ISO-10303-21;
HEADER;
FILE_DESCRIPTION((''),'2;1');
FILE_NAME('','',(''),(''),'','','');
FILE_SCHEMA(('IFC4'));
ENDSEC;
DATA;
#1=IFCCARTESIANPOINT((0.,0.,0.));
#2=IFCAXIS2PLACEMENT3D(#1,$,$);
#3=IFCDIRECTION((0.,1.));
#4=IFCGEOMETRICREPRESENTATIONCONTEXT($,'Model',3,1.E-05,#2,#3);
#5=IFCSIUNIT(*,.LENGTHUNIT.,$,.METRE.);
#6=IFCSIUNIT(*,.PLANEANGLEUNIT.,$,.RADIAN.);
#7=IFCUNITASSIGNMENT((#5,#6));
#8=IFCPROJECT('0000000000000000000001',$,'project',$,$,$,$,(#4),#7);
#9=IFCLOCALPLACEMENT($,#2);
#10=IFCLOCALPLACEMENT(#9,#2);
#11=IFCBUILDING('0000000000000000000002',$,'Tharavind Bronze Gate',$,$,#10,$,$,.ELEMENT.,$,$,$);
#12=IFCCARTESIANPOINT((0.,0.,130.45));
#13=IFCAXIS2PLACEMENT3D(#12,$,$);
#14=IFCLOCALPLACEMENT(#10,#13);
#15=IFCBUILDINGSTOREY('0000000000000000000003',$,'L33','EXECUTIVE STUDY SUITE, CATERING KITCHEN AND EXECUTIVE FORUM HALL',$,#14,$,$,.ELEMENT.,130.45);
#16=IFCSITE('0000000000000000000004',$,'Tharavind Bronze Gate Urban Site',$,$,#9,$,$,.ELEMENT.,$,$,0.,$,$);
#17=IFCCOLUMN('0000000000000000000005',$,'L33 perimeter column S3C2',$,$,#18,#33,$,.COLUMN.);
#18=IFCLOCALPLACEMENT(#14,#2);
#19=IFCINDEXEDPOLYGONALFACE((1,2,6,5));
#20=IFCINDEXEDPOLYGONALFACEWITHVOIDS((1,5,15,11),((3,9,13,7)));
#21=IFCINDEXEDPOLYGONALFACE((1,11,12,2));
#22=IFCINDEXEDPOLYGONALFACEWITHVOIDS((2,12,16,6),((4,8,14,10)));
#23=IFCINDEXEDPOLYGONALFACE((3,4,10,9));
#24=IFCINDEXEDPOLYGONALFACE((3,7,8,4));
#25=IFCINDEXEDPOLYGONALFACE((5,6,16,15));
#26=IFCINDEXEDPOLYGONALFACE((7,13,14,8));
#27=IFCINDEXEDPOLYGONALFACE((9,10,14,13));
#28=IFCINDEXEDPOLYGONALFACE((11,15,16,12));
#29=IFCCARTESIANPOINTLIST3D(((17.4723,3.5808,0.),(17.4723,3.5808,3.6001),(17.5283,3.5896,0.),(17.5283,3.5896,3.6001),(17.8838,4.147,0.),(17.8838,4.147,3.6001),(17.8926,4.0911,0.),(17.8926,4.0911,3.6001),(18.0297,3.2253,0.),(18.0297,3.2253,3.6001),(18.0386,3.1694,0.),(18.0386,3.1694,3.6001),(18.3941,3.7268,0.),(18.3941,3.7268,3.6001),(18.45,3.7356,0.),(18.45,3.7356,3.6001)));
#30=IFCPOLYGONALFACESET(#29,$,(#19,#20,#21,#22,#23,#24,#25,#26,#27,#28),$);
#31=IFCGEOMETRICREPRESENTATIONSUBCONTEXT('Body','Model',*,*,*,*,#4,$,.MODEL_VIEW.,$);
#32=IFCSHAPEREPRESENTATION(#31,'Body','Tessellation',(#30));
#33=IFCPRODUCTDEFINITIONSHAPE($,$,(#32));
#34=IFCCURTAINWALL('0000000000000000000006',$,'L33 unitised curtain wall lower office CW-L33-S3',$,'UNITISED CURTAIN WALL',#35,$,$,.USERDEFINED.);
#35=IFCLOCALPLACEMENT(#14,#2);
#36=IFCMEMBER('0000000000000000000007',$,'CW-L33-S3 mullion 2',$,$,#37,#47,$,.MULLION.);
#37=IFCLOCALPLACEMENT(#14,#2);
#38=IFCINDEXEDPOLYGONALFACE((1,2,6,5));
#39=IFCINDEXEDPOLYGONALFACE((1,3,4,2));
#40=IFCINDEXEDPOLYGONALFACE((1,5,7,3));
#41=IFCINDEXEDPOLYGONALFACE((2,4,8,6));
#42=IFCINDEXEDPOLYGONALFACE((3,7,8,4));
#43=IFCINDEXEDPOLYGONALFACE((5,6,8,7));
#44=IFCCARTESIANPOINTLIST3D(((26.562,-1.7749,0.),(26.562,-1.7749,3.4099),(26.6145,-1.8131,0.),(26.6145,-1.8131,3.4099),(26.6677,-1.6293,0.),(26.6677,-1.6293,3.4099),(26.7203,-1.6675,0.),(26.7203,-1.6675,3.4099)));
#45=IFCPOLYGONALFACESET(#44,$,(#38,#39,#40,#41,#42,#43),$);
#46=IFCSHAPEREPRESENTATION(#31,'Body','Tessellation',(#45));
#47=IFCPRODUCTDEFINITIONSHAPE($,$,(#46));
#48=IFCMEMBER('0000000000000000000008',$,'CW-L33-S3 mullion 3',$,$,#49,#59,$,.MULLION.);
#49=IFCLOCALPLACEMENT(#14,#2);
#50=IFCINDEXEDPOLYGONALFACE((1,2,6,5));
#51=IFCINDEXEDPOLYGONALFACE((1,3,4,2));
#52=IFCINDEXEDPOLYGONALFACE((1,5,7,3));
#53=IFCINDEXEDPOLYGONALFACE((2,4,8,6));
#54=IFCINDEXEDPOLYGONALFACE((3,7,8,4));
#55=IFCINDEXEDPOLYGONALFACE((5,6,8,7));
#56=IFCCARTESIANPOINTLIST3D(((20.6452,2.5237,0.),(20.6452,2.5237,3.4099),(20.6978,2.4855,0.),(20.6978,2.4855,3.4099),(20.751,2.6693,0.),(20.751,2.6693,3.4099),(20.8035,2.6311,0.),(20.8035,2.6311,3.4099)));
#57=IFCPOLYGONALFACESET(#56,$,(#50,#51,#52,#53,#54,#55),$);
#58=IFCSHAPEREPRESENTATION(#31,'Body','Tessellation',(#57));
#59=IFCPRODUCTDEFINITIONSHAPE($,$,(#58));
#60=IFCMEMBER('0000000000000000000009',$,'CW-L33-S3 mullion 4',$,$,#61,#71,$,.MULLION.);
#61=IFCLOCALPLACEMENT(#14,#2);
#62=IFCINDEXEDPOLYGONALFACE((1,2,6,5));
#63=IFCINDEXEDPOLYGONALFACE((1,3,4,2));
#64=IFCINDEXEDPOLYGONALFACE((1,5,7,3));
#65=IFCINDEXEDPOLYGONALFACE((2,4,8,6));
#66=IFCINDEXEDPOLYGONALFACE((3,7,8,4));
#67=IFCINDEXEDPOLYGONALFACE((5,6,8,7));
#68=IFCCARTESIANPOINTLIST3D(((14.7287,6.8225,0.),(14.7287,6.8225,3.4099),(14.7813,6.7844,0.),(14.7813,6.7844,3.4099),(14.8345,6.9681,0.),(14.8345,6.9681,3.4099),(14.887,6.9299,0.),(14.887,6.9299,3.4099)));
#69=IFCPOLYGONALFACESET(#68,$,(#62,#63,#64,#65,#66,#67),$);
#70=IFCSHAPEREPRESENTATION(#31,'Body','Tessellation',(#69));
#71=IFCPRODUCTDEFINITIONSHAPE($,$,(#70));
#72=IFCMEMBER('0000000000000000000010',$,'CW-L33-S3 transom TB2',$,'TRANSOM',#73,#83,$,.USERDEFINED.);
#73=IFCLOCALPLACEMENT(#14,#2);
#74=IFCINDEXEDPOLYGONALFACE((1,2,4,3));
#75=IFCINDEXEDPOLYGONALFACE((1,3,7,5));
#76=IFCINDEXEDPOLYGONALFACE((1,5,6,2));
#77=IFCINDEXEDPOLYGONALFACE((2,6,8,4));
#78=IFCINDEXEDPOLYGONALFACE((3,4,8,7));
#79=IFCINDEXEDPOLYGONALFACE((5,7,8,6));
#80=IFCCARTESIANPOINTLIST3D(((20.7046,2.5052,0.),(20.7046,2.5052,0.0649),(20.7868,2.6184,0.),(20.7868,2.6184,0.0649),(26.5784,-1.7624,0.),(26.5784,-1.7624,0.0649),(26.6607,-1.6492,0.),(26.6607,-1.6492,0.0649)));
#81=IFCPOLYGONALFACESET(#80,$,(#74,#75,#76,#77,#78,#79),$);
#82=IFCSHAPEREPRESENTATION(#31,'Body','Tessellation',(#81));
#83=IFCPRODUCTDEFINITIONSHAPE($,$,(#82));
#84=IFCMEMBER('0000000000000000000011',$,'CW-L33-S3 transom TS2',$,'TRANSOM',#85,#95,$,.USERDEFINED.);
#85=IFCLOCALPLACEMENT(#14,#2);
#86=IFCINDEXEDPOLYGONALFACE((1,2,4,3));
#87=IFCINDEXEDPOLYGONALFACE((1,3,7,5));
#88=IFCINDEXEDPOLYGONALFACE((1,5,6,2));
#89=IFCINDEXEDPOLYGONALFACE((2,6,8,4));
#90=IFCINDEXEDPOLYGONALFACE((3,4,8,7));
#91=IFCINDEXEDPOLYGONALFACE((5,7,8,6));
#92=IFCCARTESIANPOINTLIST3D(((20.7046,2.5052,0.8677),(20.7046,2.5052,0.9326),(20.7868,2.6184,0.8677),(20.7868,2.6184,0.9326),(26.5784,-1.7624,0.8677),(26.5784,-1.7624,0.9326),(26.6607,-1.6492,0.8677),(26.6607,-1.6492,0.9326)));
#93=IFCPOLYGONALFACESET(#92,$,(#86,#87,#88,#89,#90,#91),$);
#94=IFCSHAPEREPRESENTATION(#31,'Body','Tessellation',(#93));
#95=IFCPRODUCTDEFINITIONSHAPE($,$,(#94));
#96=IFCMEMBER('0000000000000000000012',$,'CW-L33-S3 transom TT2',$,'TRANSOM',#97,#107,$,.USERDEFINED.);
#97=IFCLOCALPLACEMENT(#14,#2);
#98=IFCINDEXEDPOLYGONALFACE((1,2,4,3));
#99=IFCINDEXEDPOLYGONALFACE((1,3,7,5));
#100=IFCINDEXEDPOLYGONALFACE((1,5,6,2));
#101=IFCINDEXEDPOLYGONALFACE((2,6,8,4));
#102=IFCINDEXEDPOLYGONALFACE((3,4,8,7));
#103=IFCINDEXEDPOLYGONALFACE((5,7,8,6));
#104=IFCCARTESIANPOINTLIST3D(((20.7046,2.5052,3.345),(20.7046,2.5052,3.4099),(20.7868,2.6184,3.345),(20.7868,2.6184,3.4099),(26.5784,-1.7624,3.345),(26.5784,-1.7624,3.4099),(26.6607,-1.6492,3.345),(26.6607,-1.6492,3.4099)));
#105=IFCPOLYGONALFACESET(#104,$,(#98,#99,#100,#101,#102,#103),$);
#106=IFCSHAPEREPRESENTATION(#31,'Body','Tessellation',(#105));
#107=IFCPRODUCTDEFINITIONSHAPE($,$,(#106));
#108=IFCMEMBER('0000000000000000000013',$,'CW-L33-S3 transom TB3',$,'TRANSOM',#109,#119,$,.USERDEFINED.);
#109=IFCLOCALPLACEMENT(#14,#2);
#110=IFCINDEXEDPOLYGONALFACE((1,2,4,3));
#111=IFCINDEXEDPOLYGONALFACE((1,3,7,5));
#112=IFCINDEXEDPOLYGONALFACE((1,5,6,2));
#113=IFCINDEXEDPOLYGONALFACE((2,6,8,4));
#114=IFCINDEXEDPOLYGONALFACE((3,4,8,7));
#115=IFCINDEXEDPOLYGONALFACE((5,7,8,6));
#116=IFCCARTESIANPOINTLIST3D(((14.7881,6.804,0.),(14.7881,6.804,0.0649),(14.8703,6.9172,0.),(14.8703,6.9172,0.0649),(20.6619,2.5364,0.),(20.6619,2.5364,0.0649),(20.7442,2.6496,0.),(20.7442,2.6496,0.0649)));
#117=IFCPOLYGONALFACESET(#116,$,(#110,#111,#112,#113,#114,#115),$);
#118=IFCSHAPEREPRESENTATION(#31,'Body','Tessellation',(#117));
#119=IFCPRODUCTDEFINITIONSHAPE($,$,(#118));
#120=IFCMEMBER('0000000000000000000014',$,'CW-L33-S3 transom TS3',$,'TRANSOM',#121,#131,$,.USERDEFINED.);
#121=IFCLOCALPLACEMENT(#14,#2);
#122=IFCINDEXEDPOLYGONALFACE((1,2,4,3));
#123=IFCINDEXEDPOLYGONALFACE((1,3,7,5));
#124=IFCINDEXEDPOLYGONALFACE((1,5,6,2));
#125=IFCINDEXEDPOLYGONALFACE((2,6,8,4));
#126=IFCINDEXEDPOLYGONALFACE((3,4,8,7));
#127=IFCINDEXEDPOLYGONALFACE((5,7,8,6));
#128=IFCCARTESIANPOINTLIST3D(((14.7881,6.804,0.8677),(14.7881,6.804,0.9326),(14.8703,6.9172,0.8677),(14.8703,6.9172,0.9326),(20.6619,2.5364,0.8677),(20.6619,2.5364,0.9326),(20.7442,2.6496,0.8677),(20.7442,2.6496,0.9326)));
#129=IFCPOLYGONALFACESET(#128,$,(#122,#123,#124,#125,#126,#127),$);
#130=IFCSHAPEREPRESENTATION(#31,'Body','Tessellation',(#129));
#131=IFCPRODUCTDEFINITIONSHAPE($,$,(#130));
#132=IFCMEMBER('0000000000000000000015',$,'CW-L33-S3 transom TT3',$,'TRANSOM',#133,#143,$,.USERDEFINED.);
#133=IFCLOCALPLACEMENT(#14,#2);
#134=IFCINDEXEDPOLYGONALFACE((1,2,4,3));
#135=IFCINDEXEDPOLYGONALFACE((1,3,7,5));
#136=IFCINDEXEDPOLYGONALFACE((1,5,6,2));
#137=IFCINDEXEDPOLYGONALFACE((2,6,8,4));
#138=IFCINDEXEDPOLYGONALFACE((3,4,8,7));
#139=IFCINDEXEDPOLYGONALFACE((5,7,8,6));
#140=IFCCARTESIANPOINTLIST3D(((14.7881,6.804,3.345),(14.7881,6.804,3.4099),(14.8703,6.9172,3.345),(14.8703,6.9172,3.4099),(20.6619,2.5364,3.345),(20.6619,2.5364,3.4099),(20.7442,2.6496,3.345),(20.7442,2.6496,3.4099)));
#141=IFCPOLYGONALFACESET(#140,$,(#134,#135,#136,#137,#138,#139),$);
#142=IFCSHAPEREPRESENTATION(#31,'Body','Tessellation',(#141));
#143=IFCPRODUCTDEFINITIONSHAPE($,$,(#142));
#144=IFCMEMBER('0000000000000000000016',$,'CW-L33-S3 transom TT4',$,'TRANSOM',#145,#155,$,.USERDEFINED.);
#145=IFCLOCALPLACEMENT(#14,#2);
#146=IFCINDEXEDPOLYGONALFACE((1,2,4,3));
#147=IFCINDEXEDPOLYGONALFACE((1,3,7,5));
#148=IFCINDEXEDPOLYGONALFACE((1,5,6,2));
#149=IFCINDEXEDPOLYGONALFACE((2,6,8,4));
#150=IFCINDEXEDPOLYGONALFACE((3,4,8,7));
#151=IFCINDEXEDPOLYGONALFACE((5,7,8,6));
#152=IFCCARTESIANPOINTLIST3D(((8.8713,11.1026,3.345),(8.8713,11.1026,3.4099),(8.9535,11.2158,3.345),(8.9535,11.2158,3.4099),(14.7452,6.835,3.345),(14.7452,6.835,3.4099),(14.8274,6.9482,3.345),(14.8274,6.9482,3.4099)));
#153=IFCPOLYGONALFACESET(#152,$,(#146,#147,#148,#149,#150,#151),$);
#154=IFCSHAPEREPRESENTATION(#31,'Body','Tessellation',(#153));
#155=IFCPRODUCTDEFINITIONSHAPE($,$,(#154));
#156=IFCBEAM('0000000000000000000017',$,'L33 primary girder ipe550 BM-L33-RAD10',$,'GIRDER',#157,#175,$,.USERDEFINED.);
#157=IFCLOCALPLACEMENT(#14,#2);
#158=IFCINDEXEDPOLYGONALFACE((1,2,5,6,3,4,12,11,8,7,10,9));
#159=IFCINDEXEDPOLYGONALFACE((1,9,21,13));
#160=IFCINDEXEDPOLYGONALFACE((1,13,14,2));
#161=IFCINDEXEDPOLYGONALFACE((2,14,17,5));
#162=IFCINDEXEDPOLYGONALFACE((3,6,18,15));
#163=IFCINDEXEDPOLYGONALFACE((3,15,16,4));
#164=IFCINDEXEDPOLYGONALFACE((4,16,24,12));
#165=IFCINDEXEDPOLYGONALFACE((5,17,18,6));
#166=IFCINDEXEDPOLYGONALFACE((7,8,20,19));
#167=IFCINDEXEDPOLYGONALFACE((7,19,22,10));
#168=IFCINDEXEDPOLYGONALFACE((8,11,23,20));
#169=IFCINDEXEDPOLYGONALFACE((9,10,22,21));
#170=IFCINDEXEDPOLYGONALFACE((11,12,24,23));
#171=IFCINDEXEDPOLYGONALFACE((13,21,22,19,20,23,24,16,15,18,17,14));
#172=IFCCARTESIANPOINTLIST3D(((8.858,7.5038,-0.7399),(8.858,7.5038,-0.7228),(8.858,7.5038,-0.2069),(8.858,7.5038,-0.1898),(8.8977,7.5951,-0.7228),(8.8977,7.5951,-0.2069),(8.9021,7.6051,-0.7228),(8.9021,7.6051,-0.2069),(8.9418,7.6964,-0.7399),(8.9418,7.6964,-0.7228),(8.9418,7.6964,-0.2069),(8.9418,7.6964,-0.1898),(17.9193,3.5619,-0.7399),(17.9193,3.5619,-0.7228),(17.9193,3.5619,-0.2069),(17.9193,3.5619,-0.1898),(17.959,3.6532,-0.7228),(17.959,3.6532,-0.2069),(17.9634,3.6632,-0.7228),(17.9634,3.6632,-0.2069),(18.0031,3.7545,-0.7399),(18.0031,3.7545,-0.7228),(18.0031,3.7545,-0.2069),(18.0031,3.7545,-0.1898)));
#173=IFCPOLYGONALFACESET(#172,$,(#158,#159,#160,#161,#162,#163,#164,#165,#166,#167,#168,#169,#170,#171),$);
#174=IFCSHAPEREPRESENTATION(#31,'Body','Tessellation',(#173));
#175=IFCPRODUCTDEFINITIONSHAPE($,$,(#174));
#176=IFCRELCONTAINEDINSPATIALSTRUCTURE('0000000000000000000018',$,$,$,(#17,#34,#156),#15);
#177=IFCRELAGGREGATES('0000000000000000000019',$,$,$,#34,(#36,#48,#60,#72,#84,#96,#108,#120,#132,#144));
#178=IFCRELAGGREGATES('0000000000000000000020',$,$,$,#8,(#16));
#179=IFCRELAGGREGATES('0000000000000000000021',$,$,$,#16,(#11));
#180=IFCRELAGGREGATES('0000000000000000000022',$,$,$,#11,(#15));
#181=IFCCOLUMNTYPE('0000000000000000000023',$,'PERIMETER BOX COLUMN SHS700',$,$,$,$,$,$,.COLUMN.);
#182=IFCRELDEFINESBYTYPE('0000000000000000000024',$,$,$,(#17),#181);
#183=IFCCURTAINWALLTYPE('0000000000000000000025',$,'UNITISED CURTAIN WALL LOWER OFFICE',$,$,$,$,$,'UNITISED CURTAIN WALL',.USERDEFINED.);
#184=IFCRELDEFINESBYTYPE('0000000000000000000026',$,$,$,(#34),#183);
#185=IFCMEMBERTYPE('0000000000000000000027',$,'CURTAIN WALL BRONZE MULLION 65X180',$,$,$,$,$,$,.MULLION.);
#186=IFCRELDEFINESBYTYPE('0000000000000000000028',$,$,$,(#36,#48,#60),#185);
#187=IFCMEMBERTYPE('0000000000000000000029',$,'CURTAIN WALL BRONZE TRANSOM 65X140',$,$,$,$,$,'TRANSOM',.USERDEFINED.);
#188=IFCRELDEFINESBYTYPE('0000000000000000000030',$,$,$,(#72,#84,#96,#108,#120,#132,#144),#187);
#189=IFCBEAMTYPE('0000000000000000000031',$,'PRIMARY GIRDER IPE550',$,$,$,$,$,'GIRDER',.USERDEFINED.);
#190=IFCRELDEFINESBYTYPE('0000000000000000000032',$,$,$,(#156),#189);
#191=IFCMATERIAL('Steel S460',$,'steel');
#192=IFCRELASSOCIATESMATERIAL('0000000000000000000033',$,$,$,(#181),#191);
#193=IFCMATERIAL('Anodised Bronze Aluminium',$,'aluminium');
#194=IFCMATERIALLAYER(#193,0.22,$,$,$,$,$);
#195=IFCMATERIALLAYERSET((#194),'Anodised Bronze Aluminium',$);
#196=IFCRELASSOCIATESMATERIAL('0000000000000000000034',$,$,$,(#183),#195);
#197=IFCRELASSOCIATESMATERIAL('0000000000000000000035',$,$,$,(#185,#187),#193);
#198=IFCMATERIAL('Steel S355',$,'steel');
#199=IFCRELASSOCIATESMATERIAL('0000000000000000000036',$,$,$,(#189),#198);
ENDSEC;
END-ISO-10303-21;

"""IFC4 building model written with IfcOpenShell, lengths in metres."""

from ifc_helpers import new_model, si_unit, direction, frame, origin, origin_2d, place, context, subcontext, project, spatial, rectangle, hollow_rectangle, i_section, extrude, material, layer, layer_set, material_profile, profile_set, type_object, element, aggregate, save


model = new_model("IFC4")

# Units and contexts
model_context = context("Model", 3, precision=1e-05, world=origin(), true_north=direction((0.0, 1.0)))
body_context = subcontext(model_context, "Body", "Model", "MODEL_VIEW")
ifc_project = project(units=[si_unit("LENGTHUNIT", "METRE"), si_unit("PLANEANGLEUNIT", "RADIAN")], contexts=[model_context])

# Site, building, storey
site_placement = place(None, origin())
site = spatial("IfcSite", under=ifc_project, at=site_placement, Name="Tharavind Bronze Gate Urban Site", CompositionType="ELEMENT", RefElevation=0.0)
building_placement = place(site_placement, origin())
building = spatial("IfcBuilding", under=site, at=building_placement, Name="Tharavind Bronze Gate", CompositionType="ELEMENT")
storey_placement = place(building_placement, frame((0.0, 0.0, 130.45)))
storey = spatial("IfcBuildingStorey", under=building, at=storey_placement, Name="L33", Description="EXECUTIVE STUDY SUITE, CATERING KITCHEN AND EXECUTIVE FORUM HALL", CompositionType="ELEMENT", Elevation=130.45)

# Column
ifc_material_1 = material(Name="Steel S460", Category="steel")
ifc_material_profile_1 = material_profile(ifc_material_1, hollow_rectangle(XDim=0.7, YDim=0.7, WallThickness=0.04, at=origin_2d()), Name="SHS700X40")
ifc_profile_set_1 = profile_set([ifc_material_profile_1], Name="Steel S460")
column_type = type_object("IfcColumnType", Name="PERIMETER BOX COLUMN SHS700", PredefinedType="COLUMN", material=ifc_profile_set_1)
column_placement = place(storey_placement, frame((17.9612, 3.6582, 0.0), z_axis=(0.0, 0.0, 1.0), x_axis=(-0.809017, 0.587785, 0.0)))
element("IfcColumn", 1, at=column_placement, inside=storey, type_object=column_type, Name="L33 perimeter column S3C2", PredefinedType="COLUMN", context=body_context, shape_type="SweptSolid", body=[
    extrude(hollow_rectangle(XDim=0.7, YDim=0.7, WallThickness=0.04, at=origin_2d()), origin(), (0.0, 0.0, 1.0), 3.6001),
])

# Curtain wall, members
ifc_material_2 = material(Name="Anodised Bronze Aluminium", Category="aluminium")
ifc_layer_1 = layer(ifc_material_2, 0.22)
ifc_layer_set_1 = layer_set([ifc_layer_1], Name="Anodised Bronze Aluminium")
curtain_wall_type = type_object("IfcCurtainWallType", Name="UNITISED CURTAIN WALL LOWER OFFICE", ElementType="UNITISED CURTAIN WALL", PredefinedType="USERDEFINED", material=ifc_layer_set_1)
curtain_wall_placement = place(storey_placement, origin())
curtain_wall = element("IfcCurtainWall", 2, at=curtain_wall_placement, inside=storey, type_object=curtain_wall_type, Name="L33 unitised curtain wall lower office CW-L33-S3", ObjectType="UNITISED CURTAIN WALL", PredefinedType="USERDEFINED")
member_type_1 = type_object("IfcMemberType", Name="CURTAIN WALL BRONZE MULLION 65X180", PredefinedType="MULLION", material=ifc_material_2)
member_1_placement = place(storey_placement, frame((26.6411, -1.7212, 0.0), z_axis=(0.0, 0.0, 1.0), x_axis=(-0.809017, 0.587785, 0.0)))
member_1 = element("IfcMember", 3, at=member_1_placement, type_object=member_type_1, Name="CW-L33-S3 mullion 2", PredefinedType="MULLION", context=body_context, shape_type="SweptSolid", body=[
    extrude(rectangle(XDim=0.0649, YDim=0.1799, at=origin_2d()), origin(), (0.0, 0.0, 1.0), 3.4099),
])
member_2_placement = place(storey_placement, frame((20.7244, 2.5774, 0.0), z_axis=(0.0, 0.0, 1.0), x_axis=(-0.809017, 0.587785, 0.0)))
member_2 = element("IfcMember", 4, at=member_2_placement, type_object=member_type_1, Name="CW-L33-S3 mullion 3", PredefinedType="MULLION", context=body_context, shape_type="SweptSolid", body=[
    extrude(rectangle(XDim=0.0649, YDim=0.1799, at=origin_2d()), origin(), (0.0, 0.0, 1.0), 3.4099),
])
member_3_placement = place(storey_placement, frame((14.8079, 6.8762, 0.0), z_axis=(0.0, 0.0, 1.0), x_axis=(-0.809017, 0.587785, 0.0)))
member_3 = element("IfcMember", 5, at=member_3_placement, type_object=member_type_1, Name="CW-L33-S3 mullion 4", PredefinedType="MULLION", context=body_context, shape_type="SweptSolid", body=[
    extrude(rectangle(XDim=0.0649, YDim=0.1799, at=origin_2d()), origin(), (0.0, 0.0, 1.0), 3.4099),
])
member_type_2 = type_object("IfcMemberType", Name="CURTAIN WALL BRONZE TRANSOM 65X140", ElementType="TRANSOM", PredefinedType="USERDEFINED", material=ifc_material_2)
member_4_placement = place(storey_placement, frame((23.6826, 0.428, 0.0), z_axis=(0.0, 0.0, 1.0), x_axis=(-0.809017, 0.587785, 0.0)))
member_4 = element("IfcMember", 6, at=member_4_placement, type_object=member_type_2, Name="CW-L33-S3 transom TB2", ObjectType="TRANSOM", PredefinedType="USERDEFINED", context=body_context, shape_type="SweptSolid", body=[
    extrude(rectangle(XDim=7.2605, YDim=0.1399, at=origin_2d()), origin(), (0.0, 0.0, 1.0), 0.0649),
])
member_5_placement = place(storey_placement, frame((23.6826, 0.428, 0.8677), z_axis=(0.0, 0.0, 1.0), x_axis=(-0.809017, 0.587785, 0.0)))
member_5 = element("IfcMember", 7, at=member_5_placement, type_object=member_type_2, Name="CW-L33-S3 transom TS2", ObjectType="TRANSOM", PredefinedType="USERDEFINED", context=body_context, shape_type="SweptSolid", body=[
    extrude(rectangle(XDim=7.2605, YDim=0.1399, at=origin_2d()), origin(), (0.0, 0.0, 1.0), 0.0649),
])
member_6_placement = place(storey_placement, frame((23.6826, 0.428, 3.345), z_axis=(0.0, 0.0, 1.0), x_axis=(-0.809017, 0.587785, 0.0)))
member_6 = element("IfcMember", 8, at=member_6_placement, type_object=member_type_2, Name="CW-L33-S3 transom TT2", ObjectType="TRANSOM", PredefinedType="USERDEFINED", context=body_context, shape_type="SweptSolid", body=[
    extrude(rectangle(XDim=7.2605, YDim=0.1399, at=origin_2d()), origin(), (0.0, 0.0, 1.0), 0.0649),
])
member_7_placement = place(storey_placement, frame((17.7661, 4.7268, 0.0), z_axis=(0.0, 0.0, 1.0), x_axis=(-0.809017, 0.587785, 0.0)))
member_7 = element("IfcMember", 9, at=member_7_placement, type_object=member_type_2, Name="CW-L33-S3 transom TB3", ObjectType="TRANSOM", PredefinedType="USERDEFINED", context=body_context, shape_type="SweptSolid", body=[
    extrude(rectangle(XDim=7.2605, YDim=0.1399, at=origin_2d()), origin(), (0.0, 0.0, 1.0), 0.0649),
])
member_8_placement = place(storey_placement, frame((17.7661, 4.7268, 0.8677), z_axis=(0.0, 0.0, 1.0), x_axis=(-0.809017, 0.587785, 0.0)))
member_8 = element("IfcMember", 10, at=member_8_placement, type_object=member_type_2, Name="CW-L33-S3 transom TS3", ObjectType="TRANSOM", PredefinedType="USERDEFINED", context=body_context, shape_type="SweptSolid", body=[
    extrude(rectangle(XDim=7.2605, YDim=0.1399, at=origin_2d()), origin(), (0.0, 0.0, 1.0), 0.0649),
])
member_9_placement = place(storey_placement, frame((17.7661, 4.7268, 3.345), z_axis=(0.0, 0.0, 1.0), x_axis=(-0.809017, 0.587785, 0.0)))
member_9 = element("IfcMember", 11, at=member_9_placement, type_object=member_type_2, Name="CW-L33-S3 transom TT3", ObjectType="TRANSOM", PredefinedType="USERDEFINED", context=body_context, shape_type="SweptSolid", body=[
    extrude(rectangle(XDim=7.2605, YDim=0.1399, at=origin_2d()), origin(), (0.0, 0.0, 1.0), 0.0649),
])
member_10_placement = place(storey_placement, frame((11.8494, 9.0254, 3.345), z_axis=(0.0, 0.0, 1.0), x_axis=(-0.809017, 0.587785, 0.0)))
member_10 = element("IfcMember", 12, at=member_10_placement, type_object=member_type_2, Name="CW-L33-S3 transom TT4", ObjectType="TRANSOM", PredefinedType="USERDEFINED", context=body_context, shape_type="SweptSolid", body=[
    extrude(rectangle(XDim=7.2605, YDim=0.1399, at=origin_2d()), origin(), (0.0, 0.0, 1.0), 0.0649),
])

# Beam
ifc_material_3 = material(Name="Steel S355", Category="steel")
ifc_material_profile_2 = material_profile(ifc_material_3, i_section(OverallWidth=0.21, OverallDepth=0.55, WebThickness=0.011, FlangeThickness=0.0171, at=origin_2d()), Name="IPE550")
ifc_profile_set_2 = profile_set([ifc_material_profile_2], Name="Steel S355")
beam_type_1 = type_object("IfcBeamType", Name="PRIMARY GIRDER IPE550", ElementType="GIRDER", PredefinedType="USERDEFINED", material=ifc_profile_set_2)
beam_1_placement = place(storey_placement, frame((17.9612, 3.6582, -0.4648), z_axis=(-0.916988, 0.398914, 0.0), x_axis=(-0.398914, -0.916988, 0.0)))
element("IfcBeam", 13, at=beam_1_placement, inside=storey, type_object=beam_type_1, Name="L33 primary girder ipe550 BM-L33-RAD10", ObjectType="GIRDER", PredefinedType="USERDEFINED", context=body_context, shape_type="SweptSolid", body=[
    extrude(i_section(OverallWidth=0.21, OverallDepth=0.55, WebThickness=0.011, FlangeThickness=0.0171, at=origin_2d()), origin(), (0.0, 0.0, 1.0), 9.8816),
])

aggregate(curtain_wall, [member_1, member_2, member_3, member_4, member_5, member_6, member_7, member_8, member_9, member_10])

save(model, "model.ifc")
